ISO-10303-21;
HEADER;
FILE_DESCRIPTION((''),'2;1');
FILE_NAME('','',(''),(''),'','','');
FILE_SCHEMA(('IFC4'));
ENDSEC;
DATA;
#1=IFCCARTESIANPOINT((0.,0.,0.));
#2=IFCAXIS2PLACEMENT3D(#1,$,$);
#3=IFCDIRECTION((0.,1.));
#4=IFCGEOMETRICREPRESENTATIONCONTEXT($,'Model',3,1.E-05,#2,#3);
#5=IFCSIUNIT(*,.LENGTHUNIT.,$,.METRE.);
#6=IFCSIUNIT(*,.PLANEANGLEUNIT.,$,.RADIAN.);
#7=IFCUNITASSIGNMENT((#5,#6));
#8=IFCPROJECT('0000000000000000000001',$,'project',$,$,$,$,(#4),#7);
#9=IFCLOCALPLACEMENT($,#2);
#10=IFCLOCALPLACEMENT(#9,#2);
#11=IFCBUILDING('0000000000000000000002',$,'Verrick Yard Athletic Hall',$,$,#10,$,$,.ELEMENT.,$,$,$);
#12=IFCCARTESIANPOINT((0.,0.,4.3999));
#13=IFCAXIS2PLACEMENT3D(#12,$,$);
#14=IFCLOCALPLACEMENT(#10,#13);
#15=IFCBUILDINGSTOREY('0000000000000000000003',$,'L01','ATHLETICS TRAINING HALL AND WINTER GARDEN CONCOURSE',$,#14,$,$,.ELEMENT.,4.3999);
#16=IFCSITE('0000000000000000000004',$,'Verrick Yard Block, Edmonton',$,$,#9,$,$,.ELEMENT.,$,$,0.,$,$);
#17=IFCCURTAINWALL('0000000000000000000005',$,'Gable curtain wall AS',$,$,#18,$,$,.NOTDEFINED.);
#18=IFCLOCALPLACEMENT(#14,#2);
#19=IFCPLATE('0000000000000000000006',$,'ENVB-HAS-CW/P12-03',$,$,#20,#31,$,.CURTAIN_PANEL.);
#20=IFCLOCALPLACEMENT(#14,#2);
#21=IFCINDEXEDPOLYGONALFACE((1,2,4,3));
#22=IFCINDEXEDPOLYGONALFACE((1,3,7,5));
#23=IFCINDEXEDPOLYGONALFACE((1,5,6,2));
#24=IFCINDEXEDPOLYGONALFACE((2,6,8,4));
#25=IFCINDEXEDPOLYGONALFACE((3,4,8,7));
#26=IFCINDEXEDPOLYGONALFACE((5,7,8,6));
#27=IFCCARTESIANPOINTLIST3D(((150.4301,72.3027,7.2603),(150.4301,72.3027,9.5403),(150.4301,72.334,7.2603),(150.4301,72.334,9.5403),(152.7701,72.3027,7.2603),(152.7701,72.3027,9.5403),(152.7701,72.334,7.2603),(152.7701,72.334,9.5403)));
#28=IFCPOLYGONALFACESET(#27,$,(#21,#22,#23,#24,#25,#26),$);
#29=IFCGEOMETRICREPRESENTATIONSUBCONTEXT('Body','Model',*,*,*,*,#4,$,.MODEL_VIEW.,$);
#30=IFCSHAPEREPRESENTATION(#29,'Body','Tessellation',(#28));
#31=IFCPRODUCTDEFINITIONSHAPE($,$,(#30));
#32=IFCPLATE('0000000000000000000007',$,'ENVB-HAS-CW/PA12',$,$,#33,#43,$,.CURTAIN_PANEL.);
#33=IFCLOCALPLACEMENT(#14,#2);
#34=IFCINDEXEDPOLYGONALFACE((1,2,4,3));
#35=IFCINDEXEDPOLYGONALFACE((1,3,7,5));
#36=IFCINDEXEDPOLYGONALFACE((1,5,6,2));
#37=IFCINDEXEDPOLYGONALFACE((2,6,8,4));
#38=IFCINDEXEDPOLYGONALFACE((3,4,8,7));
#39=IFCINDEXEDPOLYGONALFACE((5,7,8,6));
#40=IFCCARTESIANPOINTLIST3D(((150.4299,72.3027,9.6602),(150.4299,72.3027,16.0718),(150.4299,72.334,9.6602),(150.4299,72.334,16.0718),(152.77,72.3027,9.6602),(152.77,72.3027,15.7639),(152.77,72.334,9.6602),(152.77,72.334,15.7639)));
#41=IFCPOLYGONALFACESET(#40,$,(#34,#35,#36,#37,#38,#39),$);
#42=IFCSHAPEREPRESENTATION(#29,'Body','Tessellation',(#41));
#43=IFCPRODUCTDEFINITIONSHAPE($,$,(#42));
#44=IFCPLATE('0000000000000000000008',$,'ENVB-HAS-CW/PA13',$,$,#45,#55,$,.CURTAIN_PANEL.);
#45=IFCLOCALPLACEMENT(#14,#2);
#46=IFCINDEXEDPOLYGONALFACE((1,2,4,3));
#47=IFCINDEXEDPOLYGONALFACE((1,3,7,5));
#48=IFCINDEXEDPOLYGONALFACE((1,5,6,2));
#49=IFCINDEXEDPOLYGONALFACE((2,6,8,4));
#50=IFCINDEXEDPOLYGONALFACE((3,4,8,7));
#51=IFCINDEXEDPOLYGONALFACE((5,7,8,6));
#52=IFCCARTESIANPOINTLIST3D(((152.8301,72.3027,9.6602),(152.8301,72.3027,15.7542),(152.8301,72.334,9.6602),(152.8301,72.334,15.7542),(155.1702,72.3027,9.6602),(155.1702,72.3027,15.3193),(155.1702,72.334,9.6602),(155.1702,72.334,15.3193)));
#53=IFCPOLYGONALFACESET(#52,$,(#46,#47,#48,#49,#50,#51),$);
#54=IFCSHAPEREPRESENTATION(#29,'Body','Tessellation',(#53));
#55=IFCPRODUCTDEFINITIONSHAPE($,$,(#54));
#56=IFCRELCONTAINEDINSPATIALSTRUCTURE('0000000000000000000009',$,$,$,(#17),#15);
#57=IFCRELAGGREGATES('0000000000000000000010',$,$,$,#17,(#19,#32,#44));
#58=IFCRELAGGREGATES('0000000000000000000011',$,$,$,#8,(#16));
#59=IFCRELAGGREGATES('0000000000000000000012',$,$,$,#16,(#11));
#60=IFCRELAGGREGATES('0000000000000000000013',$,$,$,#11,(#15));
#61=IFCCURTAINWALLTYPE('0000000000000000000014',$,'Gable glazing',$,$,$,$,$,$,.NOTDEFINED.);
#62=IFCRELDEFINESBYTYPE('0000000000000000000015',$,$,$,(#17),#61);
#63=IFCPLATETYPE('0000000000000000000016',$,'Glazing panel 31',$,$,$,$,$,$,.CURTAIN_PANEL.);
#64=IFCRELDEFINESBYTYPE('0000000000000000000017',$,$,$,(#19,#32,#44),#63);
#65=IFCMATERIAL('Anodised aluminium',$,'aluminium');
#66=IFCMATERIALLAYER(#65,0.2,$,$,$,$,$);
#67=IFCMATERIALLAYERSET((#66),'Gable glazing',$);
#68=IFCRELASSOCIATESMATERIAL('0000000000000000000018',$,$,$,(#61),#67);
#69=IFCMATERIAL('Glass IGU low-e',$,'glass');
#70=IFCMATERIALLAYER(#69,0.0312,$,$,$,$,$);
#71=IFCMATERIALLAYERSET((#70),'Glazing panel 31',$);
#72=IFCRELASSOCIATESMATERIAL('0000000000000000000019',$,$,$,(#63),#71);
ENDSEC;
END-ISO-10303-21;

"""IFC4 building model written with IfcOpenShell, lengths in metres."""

from ifc_helpers import new_model, si_unit, direction, frame, origin, origin_2d, place, context, subcontext, project, spatial, polyline, rectangle, outline, extrude, material, layer, layer_set, type_object, element, aggregate, save


model = new_model("IFC4")

# Units and contexts
model_context = context("Model", 3, precision=1e-05, world=origin(), true_north=direction((0.0, 1.0)))
body_context = subcontext(model_context, "Body", "Model", "MODEL_VIEW")
ifc_project = project(units=[si_unit("LENGTHUNIT", "METRE"), si_unit("PLANEANGLEUNIT", "RADIAN")], contexts=[model_context])

# Site, building, storey
site_placement = place(None, origin())
site = spatial("IfcSite", under=ifc_project, at=site_placement, Name="Verrick Yard Block, Edmonton", CompositionType="ELEMENT", RefElevation=0.0)
building_placement = place(site_placement, origin())
building = spatial("IfcBuilding", under=site, at=building_placement, Name="Verrick Yard Athletic Hall", CompositionType="ELEMENT")
storey_placement = place(building_placement, frame((0.0, 0.0, 4.3999)))
storey = spatial("IfcBuildingStorey", under=building, at=storey_placement, Name="L01", Description="ATHLETICS TRAINING HALL AND WINTER GARDEN CONCOURSE", CompositionType="ELEMENT", Elevation=4.3999)

# Curtain wall
ifc_material_1 = material(Name="Anodised aluminium", Category="aluminium")
ifc_layer_1 = layer(ifc_material_1, 0.2)
ifc_layer_set_1 = layer_set([ifc_layer_1], Name="Gable glazing")
curtain_wall_type = type_object("IfcCurtainWallType", Name="Gable glazing", PredefinedType="NOTDEFINED", material=ifc_layer_set_1)
curtain_wall_placement = place(storey_placement, origin())
curtain_wall = element("IfcCurtainWall", 1, at=curtain_wall_placement, inside=storey, type_object=curtain_wall_type, Name="Gable curtain wall AS", PredefinedType="NOTDEFINED")

# Plates
ifc_material_2 = material(Name="Glass IGU low-e", Category="glass")
ifc_layer_2 = layer(ifc_material_2, 0.0312)
ifc_layer_set_2 = layer_set([ifc_layer_2], Name="Glazing panel 31")
plate_type = type_object("IfcPlateType", Name="Glazing panel 31", PredefinedType="CURTAIN_PANEL", material=ifc_layer_set_2)
plate_1_placement = place(storey_placement, frame((151.6001, 72.3184, 7.2603), z_axis=(0.0, 0.0, 1.0), x_axis=(1.0, 0.0, 0.0)))
plate_1 = element("IfcPlate", 2, at=plate_1_placement, type_object=plate_type, Name="ENVB-HAS-CW/P12-03", PredefinedType="CURTAIN_PANEL", context=body_context, shape_type="SweptSolid", body=[
    extrude(rectangle(XDim=2.3401, YDim=0.0312, at=origin_2d()), origin(), (0.0, 0.0, 1.0), 2.28),
])
plate_2_placement = place(storey_placement, frame((150.4299, 72.3184, 9.6602), z_axis=(0.0, 0.0, 1.0), x_axis=(1.0, 0.0, 0.0)))
plate_2 = element("IfcPlate", 3, at=plate_2_placement, type_object=plate_type, Name="ENVB-HAS-CW/PA12", PredefinedType="CURTAIN_PANEL", context=body_context, shape_type="SweptSolid", body=[
    extrude(outline(polyline([(0.0, 6.4116), (2.3401, 6.1038), (2.3401, 0.0), (0.0, 0.0), (0.0, 6.4116)])), frame((0.0, 0.0156, 0.0), z_axis=(0.0, -1.0, 0.0), x_axis=(1.0, 0.0, 0.0)), (0.0, 0.0, 1.0), 0.0312),
])
plate_3_placement = place(storey_placement, frame((152.8301, 72.3184, 9.6602), z_axis=(0.0, 0.0, 1.0), x_axis=(1.0, 0.0, 0.0)))
plate_3 = element("IfcPlate", 4, at=plate_3_placement, type_object=plate_type, Name="ENVB-HAS-CW/PA13", PredefinedType="CURTAIN_PANEL", context=body_context, shape_type="SweptSolid", body=[
    extrude(outline(polyline([(0.0, 6.094), (2.3401, 5.6592), (2.3401, 0.0), (0.0, 0.0), (0.0, 6.094)])), frame((0.0, 0.0156, 0.0), z_axis=(0.0, -1.0, 0.0), x_axis=(1.0, 0.0, 0.0)), (0.0, 0.0, 1.0), 0.0312),
])
aggregate(curtain_wall, [plate_1, plate_2, plate_3])

save(model, "model.ifc")
